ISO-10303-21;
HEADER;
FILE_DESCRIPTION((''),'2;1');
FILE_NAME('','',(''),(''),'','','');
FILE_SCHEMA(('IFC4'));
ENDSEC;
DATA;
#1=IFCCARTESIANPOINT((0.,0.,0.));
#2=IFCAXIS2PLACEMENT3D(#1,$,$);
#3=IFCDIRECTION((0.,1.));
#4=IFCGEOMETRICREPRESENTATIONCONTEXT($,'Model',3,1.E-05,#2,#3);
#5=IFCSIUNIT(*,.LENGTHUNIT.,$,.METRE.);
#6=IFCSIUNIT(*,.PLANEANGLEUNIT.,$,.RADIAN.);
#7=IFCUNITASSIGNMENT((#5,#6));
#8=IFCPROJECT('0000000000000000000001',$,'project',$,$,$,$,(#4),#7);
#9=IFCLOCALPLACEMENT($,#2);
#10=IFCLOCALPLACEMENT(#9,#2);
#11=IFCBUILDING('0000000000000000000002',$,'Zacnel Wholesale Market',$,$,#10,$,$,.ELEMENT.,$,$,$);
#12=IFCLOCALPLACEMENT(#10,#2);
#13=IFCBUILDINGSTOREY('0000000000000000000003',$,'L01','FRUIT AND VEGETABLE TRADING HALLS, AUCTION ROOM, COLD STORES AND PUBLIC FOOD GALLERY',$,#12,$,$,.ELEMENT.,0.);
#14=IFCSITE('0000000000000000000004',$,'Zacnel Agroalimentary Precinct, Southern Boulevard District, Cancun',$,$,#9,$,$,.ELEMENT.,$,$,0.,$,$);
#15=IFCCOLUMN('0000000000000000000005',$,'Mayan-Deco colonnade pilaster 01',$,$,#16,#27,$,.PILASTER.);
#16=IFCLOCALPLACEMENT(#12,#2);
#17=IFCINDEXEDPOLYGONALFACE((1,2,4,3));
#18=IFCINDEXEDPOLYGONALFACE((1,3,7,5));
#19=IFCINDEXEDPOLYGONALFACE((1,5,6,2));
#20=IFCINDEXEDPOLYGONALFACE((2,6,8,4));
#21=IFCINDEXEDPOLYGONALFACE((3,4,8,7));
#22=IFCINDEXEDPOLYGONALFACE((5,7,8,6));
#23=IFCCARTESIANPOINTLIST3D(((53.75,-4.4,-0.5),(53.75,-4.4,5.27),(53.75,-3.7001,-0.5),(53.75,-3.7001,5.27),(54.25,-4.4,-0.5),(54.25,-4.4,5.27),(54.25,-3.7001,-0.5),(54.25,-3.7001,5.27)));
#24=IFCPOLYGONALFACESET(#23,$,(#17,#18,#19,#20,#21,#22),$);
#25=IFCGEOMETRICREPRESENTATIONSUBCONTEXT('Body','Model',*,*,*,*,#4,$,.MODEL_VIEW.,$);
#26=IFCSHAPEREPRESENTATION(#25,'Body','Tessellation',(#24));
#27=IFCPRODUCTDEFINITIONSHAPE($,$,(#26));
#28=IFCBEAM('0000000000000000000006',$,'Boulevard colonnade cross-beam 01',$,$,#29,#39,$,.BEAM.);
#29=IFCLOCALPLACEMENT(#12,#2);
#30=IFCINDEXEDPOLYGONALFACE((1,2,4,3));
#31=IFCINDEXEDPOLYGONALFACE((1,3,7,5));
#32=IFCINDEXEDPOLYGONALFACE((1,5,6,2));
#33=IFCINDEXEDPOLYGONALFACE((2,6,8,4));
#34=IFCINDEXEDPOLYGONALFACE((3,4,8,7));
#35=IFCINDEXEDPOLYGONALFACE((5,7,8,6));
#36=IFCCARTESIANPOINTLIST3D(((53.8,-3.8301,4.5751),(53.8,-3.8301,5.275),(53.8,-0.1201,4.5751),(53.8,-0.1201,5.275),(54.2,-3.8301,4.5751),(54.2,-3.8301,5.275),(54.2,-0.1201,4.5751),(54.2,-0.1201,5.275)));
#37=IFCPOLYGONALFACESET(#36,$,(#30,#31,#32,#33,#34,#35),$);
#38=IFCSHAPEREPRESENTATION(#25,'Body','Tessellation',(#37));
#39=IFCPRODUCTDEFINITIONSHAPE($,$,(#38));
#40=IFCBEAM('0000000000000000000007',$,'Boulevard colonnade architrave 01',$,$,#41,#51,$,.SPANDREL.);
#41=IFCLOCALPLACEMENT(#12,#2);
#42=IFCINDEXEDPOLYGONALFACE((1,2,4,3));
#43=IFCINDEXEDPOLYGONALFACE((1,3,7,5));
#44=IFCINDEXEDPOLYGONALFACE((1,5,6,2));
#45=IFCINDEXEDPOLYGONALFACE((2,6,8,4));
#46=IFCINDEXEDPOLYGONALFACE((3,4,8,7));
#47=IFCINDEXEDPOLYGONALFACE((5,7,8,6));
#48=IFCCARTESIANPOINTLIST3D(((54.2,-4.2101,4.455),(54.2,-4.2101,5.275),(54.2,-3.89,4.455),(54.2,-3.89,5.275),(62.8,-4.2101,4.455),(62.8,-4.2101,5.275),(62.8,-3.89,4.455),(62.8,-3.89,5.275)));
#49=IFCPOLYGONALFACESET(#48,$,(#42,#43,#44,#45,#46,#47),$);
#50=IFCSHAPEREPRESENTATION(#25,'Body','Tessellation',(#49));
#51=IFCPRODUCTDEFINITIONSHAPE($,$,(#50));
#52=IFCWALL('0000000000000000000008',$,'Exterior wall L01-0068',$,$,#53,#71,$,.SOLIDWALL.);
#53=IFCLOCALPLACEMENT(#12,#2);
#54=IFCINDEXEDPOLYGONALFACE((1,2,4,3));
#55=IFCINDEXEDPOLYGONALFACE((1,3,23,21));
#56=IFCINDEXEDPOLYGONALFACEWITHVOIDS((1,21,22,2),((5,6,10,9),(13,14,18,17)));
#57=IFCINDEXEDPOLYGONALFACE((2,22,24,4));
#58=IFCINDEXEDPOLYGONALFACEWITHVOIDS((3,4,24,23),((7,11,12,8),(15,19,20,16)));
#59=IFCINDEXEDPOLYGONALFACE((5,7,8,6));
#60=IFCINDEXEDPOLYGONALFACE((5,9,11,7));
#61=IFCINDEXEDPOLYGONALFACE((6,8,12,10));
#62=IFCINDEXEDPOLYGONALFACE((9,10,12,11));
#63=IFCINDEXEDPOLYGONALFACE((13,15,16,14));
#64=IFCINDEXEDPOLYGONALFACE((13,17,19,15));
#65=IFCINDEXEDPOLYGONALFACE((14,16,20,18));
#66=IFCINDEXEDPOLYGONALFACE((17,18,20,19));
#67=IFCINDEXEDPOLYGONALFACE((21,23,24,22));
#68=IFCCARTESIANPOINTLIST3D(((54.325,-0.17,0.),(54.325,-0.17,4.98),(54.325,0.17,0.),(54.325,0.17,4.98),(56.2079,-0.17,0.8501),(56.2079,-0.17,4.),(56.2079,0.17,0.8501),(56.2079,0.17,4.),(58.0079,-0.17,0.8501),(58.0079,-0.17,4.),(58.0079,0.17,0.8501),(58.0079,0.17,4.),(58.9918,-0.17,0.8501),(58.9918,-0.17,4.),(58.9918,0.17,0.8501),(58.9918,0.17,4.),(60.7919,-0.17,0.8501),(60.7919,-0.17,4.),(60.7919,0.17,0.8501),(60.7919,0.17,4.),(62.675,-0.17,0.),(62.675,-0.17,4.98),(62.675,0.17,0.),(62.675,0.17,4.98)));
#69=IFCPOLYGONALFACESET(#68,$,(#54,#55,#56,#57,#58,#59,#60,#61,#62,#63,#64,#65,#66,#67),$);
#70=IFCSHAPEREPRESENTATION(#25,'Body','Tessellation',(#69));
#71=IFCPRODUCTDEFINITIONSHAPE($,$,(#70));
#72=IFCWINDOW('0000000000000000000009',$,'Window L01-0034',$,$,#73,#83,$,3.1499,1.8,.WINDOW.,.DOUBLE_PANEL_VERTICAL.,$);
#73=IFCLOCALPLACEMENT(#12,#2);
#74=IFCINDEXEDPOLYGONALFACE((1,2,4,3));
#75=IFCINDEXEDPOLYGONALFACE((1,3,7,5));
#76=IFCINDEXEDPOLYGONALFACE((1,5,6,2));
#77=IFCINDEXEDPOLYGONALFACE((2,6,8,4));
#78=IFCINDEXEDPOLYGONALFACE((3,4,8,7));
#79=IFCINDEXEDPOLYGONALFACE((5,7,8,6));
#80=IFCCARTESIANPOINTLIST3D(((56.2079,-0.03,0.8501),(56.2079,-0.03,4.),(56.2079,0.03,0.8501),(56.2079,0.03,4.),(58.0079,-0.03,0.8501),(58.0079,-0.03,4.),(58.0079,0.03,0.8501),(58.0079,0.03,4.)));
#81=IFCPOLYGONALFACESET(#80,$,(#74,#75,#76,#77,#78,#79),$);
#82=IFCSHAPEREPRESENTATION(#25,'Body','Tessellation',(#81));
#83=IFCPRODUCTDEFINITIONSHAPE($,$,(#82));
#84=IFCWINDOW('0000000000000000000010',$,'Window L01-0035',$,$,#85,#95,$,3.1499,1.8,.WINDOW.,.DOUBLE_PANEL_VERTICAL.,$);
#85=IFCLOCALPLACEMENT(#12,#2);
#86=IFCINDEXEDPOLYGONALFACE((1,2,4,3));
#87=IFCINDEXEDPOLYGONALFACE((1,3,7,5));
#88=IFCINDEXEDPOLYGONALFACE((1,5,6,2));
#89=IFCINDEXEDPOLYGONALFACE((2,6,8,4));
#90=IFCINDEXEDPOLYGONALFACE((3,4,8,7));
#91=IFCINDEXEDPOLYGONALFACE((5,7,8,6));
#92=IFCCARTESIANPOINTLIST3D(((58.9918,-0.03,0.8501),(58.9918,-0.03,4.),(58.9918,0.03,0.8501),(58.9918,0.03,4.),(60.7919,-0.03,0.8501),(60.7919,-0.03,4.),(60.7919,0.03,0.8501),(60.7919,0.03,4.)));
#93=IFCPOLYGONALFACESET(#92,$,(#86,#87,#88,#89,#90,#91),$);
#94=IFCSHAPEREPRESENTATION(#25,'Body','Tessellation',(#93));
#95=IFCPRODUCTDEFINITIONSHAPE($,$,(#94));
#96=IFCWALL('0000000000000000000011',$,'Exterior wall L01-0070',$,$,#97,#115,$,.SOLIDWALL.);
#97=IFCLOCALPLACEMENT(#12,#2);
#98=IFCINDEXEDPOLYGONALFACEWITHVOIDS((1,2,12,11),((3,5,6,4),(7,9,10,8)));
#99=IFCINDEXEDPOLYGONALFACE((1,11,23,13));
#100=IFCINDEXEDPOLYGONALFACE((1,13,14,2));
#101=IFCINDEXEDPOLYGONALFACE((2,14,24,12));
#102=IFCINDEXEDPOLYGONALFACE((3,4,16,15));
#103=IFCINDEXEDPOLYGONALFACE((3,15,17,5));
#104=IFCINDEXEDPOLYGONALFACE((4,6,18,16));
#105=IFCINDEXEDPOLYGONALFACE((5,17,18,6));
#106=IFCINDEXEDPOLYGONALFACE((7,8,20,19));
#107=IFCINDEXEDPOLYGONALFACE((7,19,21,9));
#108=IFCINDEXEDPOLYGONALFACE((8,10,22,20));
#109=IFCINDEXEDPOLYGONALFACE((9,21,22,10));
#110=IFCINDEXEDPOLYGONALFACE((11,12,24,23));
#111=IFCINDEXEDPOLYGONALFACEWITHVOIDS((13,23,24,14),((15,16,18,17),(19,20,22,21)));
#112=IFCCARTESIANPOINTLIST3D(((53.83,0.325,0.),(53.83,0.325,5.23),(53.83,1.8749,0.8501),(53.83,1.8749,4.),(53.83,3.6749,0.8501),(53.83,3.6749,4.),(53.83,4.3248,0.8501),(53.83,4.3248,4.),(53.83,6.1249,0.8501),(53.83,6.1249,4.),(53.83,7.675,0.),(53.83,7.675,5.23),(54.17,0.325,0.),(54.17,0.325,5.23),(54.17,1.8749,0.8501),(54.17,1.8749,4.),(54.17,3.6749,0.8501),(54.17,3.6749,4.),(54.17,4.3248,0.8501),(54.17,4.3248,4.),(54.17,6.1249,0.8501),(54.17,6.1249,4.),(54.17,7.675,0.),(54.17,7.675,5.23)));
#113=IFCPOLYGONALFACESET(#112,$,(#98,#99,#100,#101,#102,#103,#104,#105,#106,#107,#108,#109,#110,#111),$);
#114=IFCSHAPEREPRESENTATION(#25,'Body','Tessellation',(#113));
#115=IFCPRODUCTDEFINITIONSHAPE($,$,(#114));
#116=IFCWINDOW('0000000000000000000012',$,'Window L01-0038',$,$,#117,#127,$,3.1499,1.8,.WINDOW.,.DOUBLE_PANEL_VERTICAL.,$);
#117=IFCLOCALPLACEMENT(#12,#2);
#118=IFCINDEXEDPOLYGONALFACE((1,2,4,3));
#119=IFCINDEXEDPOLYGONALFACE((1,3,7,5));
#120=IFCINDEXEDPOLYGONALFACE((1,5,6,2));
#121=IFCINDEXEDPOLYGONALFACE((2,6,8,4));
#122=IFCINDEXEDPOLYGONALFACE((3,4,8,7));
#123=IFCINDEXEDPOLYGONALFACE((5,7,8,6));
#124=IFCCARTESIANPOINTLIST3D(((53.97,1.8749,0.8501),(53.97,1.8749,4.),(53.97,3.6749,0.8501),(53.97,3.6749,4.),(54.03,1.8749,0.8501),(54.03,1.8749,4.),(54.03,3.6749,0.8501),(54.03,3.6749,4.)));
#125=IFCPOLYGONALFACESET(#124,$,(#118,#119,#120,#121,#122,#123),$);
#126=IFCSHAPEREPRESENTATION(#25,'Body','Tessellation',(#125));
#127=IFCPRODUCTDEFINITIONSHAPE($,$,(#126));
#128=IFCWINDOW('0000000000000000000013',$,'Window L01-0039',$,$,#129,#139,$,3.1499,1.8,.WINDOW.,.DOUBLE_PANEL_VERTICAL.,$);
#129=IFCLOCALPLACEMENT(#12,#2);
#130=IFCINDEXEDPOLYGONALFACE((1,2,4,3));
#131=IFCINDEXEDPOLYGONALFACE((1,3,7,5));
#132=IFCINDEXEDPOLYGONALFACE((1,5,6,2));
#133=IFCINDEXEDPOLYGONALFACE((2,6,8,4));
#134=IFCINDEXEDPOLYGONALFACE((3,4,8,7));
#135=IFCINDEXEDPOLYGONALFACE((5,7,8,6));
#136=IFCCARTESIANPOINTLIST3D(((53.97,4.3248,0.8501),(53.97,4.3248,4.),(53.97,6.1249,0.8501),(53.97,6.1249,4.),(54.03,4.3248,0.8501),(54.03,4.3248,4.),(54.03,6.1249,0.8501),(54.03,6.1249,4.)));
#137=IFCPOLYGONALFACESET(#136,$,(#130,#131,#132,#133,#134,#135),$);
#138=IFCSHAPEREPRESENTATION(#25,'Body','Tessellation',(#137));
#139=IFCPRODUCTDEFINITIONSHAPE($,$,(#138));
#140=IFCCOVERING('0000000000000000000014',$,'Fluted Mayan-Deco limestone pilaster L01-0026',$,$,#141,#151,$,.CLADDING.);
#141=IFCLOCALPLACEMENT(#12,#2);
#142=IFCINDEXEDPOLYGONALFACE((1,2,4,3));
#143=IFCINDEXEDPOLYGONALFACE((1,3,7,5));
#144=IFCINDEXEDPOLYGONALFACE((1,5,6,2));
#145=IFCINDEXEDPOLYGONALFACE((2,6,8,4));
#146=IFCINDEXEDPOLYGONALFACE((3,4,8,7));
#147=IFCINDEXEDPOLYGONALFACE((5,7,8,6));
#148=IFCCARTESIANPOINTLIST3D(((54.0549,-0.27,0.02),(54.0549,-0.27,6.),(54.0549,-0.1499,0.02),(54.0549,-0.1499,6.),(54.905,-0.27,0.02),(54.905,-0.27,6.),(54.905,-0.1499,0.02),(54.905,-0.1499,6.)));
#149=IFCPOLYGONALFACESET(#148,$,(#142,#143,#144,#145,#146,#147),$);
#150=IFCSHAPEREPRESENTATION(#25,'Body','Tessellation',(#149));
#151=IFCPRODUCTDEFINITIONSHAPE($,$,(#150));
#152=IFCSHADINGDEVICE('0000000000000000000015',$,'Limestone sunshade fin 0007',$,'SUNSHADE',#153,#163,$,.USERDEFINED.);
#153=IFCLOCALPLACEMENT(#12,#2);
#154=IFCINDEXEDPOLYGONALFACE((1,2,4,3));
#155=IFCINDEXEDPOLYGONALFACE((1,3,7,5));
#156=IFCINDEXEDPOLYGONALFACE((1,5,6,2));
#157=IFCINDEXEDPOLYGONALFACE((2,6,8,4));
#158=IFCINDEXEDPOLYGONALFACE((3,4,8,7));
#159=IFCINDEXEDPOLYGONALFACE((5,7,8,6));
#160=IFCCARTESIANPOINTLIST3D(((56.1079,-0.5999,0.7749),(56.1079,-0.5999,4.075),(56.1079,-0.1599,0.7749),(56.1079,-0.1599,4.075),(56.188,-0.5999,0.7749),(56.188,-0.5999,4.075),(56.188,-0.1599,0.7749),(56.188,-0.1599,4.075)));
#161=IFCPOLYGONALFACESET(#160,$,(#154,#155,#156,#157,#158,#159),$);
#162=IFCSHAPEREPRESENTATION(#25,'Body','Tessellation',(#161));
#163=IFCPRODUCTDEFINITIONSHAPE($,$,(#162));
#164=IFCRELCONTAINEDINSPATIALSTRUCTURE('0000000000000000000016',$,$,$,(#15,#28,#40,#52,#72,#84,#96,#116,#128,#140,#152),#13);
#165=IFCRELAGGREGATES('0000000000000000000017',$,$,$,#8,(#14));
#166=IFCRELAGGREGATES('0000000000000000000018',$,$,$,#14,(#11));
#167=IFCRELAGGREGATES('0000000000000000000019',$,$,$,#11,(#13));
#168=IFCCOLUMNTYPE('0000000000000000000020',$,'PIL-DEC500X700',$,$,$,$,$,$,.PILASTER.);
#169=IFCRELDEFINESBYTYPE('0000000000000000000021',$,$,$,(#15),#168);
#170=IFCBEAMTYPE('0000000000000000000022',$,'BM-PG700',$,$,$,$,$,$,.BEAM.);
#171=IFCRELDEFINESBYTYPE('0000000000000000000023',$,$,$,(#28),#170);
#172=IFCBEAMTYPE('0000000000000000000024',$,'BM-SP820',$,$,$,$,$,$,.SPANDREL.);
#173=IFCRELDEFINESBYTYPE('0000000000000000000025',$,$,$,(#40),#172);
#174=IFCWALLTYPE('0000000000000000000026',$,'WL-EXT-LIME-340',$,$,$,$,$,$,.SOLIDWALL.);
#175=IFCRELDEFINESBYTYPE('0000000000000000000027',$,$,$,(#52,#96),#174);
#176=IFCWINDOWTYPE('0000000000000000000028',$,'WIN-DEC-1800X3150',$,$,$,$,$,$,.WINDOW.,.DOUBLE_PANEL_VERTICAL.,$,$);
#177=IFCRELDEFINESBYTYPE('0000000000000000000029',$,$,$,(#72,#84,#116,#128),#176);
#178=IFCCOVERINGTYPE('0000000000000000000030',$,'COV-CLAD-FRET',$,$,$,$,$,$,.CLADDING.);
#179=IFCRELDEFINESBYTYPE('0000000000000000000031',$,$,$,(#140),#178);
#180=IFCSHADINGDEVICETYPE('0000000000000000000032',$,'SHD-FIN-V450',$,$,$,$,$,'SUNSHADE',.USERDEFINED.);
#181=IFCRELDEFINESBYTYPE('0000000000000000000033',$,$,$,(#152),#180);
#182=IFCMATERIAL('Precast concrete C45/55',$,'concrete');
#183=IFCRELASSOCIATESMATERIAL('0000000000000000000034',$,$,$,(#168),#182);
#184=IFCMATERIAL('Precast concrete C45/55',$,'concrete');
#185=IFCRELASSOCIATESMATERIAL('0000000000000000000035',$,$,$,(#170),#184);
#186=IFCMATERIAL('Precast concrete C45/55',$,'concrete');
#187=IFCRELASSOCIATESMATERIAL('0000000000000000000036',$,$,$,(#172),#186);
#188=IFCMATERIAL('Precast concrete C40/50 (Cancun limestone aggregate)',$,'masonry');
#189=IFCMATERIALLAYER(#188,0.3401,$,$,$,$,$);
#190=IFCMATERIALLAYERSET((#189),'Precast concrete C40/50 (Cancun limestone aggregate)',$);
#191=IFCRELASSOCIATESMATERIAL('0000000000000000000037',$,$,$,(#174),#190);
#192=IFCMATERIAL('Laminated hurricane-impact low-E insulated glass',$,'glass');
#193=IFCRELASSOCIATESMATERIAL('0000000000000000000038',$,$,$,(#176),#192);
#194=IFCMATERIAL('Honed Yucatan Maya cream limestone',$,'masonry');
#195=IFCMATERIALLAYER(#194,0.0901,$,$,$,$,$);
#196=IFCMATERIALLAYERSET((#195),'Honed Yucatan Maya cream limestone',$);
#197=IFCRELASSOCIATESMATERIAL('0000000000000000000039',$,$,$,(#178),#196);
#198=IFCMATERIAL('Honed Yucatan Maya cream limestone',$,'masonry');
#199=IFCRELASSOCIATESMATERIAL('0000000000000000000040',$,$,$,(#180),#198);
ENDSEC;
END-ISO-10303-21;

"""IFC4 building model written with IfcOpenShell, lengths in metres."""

from ifc_helpers import new_model, si_unit, direction, frame, frame_2d, origin, origin_2d, place, context, subcontext, project, spatial, rectangle, extrude, material, layer, layer_set, material_profile, profile_set, type_object, element, fill, save


model = new_model("IFC4")

# Units and contexts
model_context = context("Model", 3, precision=1e-05, world=origin(), true_north=direction((0.0, 1.0)))
body_context = subcontext(model_context, "Body", "Model", "MODEL_VIEW")
ifc_project = project(units=[si_unit("LENGTHUNIT", "METRE"), si_unit("PLANEANGLEUNIT", "RADIAN")], contexts=[model_context])

# Site, building, storey
site_placement = place(None, origin())
site = spatial("IfcSite", under=ifc_project, at=site_placement, Name="Zacnel Agroalimentary Precinct, Southern Boulevard District, Cancun", CompositionType="ELEMENT", RefElevation=0.0)
building_placement = place(site_placement, origin())
building = spatial("IfcBuilding", under=site, at=building_placement, Name="Zacnel Wholesale Market", CompositionType="ELEMENT")
storey_placement = place(building_placement, origin())
storey = spatial("IfcBuildingStorey", under=building, at=storey_placement, Name="L01", Description="FRUIT AND VEGETABLE TRADING HALLS, AUCTION ROOM, COLD STORES AND PUBLIC FOOD GALLERY", CompositionType="ELEMENT", Elevation=0.0)

# Column
ifc_material_1 = material(Name="Precast concrete C45/55", Category="concrete")
ifc_material_profile_1 = material_profile(ifc_material_1, rectangle(XDim=0.5, YDim=0.7, at=origin_2d()), Name="PIL 500x700")
ifc_profile_set_1 = profile_set([ifc_material_profile_1], Name="Precast concrete C45/55")
column_type_1 = type_object("IfcColumnType", Name="PIL-DEC500X700", PredefinedType="PILASTER", material=ifc_profile_set_1)
column_1_placement = place(storey_placement, frame((54.0, -4.05, -0.5), z_axis=(0.0, 0.0, 1.0), x_axis=(1.0, 0.0, 0.0)))
element("IfcColumn", 1, at=column_1_placement, inside=storey, type_object=column_type_1, Name="Mayan-Deco colonnade pilaster 01", PredefinedType="PILASTER", context=body_context, shape_type="SweptSolid", body=[
    extrude(rectangle(XDim=0.5, YDim=0.7, at=origin_2d()), origin(), (0.0, 0.0, 1.0), 5.77),
])

# Beams
ifc_material_2 = material(Name="Precast concrete C45/55", Category="concrete")
ifc_material_profile_2 = material_profile(ifc_material_2, rectangle(XDim=0.3999, YDim=0.7, at=origin_2d()), Name="PG 400x700")
ifc_profile_set_2 = profile_set([ifc_material_profile_2], Name="Precast concrete C45/55")
beam_type_1 = type_object("IfcBeamType", Name="BM-PG700", PredefinedType="BEAM", material=ifc_profile_set_2)
beam_1_placement = place(storey_placement, frame((54.0, -3.8301, 4.925), z_axis=(0.0, 1.0, 0.0), x_axis=(-1.0, 0.0, 0.0)))
element("IfcBeam", 2, at=beam_1_placement, inside=storey, type_object=beam_type_1, Name="Boulevard colonnade cross-beam 01", PredefinedType="BEAM", context=body_context, shape_type="SweptSolid", body=[
    extrude(rectangle(XDim=0.3999, YDim=0.7, at=origin_2d()), origin(), (0.0, 0.0, 1.0), 3.71),
])
ifc_material_3 = material(Name="Precast concrete C45/55", Category="concrete")
ifc_material_profile_3 = material_profile(ifc_material_3, rectangle(XDim=0.3201, YDim=0.8201, at=origin_2d()), Name="SP 320x820")
ifc_profile_set_3 = profile_set([ifc_material_profile_3], Name="Precast concrete C45/55")
beam_type_2 = type_object("IfcBeamType", Name="BM-SP820", PredefinedType="SPANDREL", material=ifc_profile_set_3)
beam_2_placement = place(storey_placement, frame((54.2, -4.05, 4.865), z_axis=(1.0, 0.0, 0.0), x_axis=(0.0, 1.0, 0.0)))
element("IfcBeam", 3, at=beam_2_placement, inside=storey, type_object=beam_type_2, Name="Boulevard colonnade architrave 01", PredefinedType="SPANDREL", context=body_context, shape_type="SweptSolid", body=[
    extrude(rectangle(XDim=0.3201, YDim=0.8201, at=origin_2d()), origin(), (0.0, 0.0, 1.0), 8.6001),
])

# Walls, openings, windows
ifc_material_4 = material(Name="Precast concrete C40/50 (Cancun limestone aggregate)", Category="masonry")
ifc_layer_1 = layer(ifc_material_4, 0.3401)
ifc_layer_set_1 = layer_set([ifc_layer_1], Name="Precast concrete C40/50 (Cancun limestone aggregate)")
wall_type = type_object("IfcWallType", Name="WL-EXT-LIME-340", PredefinedType="SOLIDWALL", material=ifc_layer_set_1)
wall_1_placement = place(storey_placement, frame((54.325, 0.0, 0.0), z_axis=(0.0, 0.0, 1.0), x_axis=(1.0, 0.0, 0.0)))
wall_1 = element("IfcWall", 4, at=wall_1_placement, inside=storey, type_object=wall_type, Name="Exterior wall L01-0068", PredefinedType="SOLIDWALL", context=body_context, shape_type="SweptSolid", body=[
    extrude(rectangle(XDim=8.3501, YDim=0.3401, at=frame_2d((4.175, 0.0))), origin(), (0.0, 0.0, 1.0), 4.98),
])
opening_1_placement = place(wall_1_placement, frame((1.8831, 0.0, 0.8501)))
opening_1 = element("IfcOpeningElement", 5, at=opening_1_placement, cuts=wall_1, PredefinedType="OPENING", context=body_context, shape_type="SweptSolid", body=[
    extrude(rectangle(XDim=1.8, YDim=3.1499, at=frame_2d((0.8999, 1.575))), frame((0.0, 0.1799, 0.0), z_axis=(0.0, -1.0, 0.0), x_axis=(1.0, 0.0, 0.0)), (0.0, 0.0, 1.0), 0.3601),
])
opening_2_placement = place(wall_1_placement, frame((4.667, 0.0, 0.8501)))
opening_2 = element("IfcOpeningElement", 6, at=opening_2_placement, cuts=wall_1, PredefinedType="OPENING", context=body_context, shape_type="SweptSolid", body=[
    extrude(rectangle(XDim=1.8, YDim=3.1499, at=frame_2d((0.8999, 1.575))), frame((0.0, 0.1799, 0.0), z_axis=(0.0, -1.0, 0.0), x_axis=(1.0, 0.0, 0.0)), (0.0, 0.0, 1.0), 0.3601),
])
ifc_material_5 = material(Name="Laminated hurricane-impact low-E insulated glass", Category="glass")
window_type = type_object("IfcWindowType", Name="WIN-DEC-1800X3150", PartitioningType="DOUBLE_PANEL_VERTICAL", PredefinedType="WINDOW", material=ifc_material_5)
window_1_placement = place(opening_1_placement, origin())
window_1 = element("IfcWindow", 7, at=window_1_placement, inside=storey, type_object=window_type, Name="Window L01-0034", OverallHeight=3.1499, OverallWidth=1.8, PartitioningType="DOUBLE_PANEL_VERTICAL", PredefinedType="WINDOW", context=body_context, shape_type="SweptSolid", body=[
    extrude(rectangle(XDim=1.8, YDim=3.1499, at=frame_2d((0.8999, 1.575))), frame((0.0, 0.03, 0.0), z_axis=(0.0, -1.0, 0.0), x_axis=(1.0, 0.0, 0.0)), (0.0, 0.0, 1.0), 0.0601),
])
fill(opening_1, window_1)
window_2_placement = place(opening_2_placement, origin())
window_2 = element("IfcWindow", 8, at=window_2_placement, inside=storey, type_object=window_type, Name="Window L01-0035", OverallHeight=3.1499, OverallWidth=1.8, PartitioningType="DOUBLE_PANEL_VERTICAL", PredefinedType="WINDOW", context=body_context, shape_type="SweptSolid", body=[
    extrude(rectangle(XDim=1.8, YDim=3.1499, at=frame_2d((0.8999, 1.575))), frame((0.0, 0.03, 0.0), z_axis=(0.0, -1.0, 0.0), x_axis=(1.0, 0.0, 0.0)), (0.0, 0.0, 1.0), 0.0601),
])
fill(opening_2, window_2)
wall_2_placement = place(storey_placement, frame((54.0, 0.325, 0.0), z_axis=(0.0, 0.0, 1.0), x_axis=(0.0, 1.0, 0.0)))
wall_2 = element("IfcWall", 9, at=wall_2_placement, inside=storey, type_object=wall_type, Name="Exterior wall L01-0070", PredefinedType="SOLIDWALL", context=body_context, shape_type="SweptSolid", body=[
    extrude(rectangle(XDim=7.3501, YDim=0.3401, at=frame_2d((3.675, 0.0))), origin(), (0.0, 0.0, 1.0), 5.23),
])
opening_3_placement = place(wall_2_placement, frame((1.55, 0.0, 0.8501)))
opening_3 = element("IfcOpeningElement", 10, at=opening_3_placement, cuts=wall_2, PredefinedType="OPENING", context=body_context, shape_type="SweptSolid", body=[
    extrude(rectangle(XDim=1.8, YDim=3.1499, at=frame_2d((0.8999, 1.575))), frame((0.0, 0.1799, 0.0), z_axis=(0.0, -1.0, 0.0), x_axis=(1.0, 0.0, 0.0)), (0.0, 0.0, 1.0), 0.3601),
])
opening_4_placement = place(wall_2_placement, frame((4.0, 0.0, 0.8501)))
opening_4 = element("IfcOpeningElement", 11, at=opening_4_placement, cuts=wall_2, PredefinedType="OPENING", context=body_context, shape_type="SweptSolid", body=[
    extrude(rectangle(XDim=1.8, YDim=3.1499, at=frame_2d((0.8999, 1.575))), frame((0.0, 0.1799, 0.0), z_axis=(0.0, -1.0, 0.0), x_axis=(1.0, 0.0, 0.0)), (0.0, 0.0, 1.0), 0.3601),
])
window_3_placement = place(opening_3_placement, origin())
window_3 = element("IfcWindow", 12, at=window_3_placement, inside=storey, type_object=window_type, Name="Window L01-0038", OverallHeight=3.1499, OverallWidth=1.8, PartitioningType="DOUBLE_PANEL_VERTICAL", PredefinedType="WINDOW", context=body_context, shape_type="SweptSolid", body=[
    extrude(rectangle(XDim=1.8, YDim=3.1499, at=frame_2d((0.8999, 1.575))), frame((0.0, 0.03, 0.0), z_axis=(0.0, -1.0, 0.0), x_axis=(1.0, 0.0, 0.0)), (0.0, 0.0, 1.0), 0.0601),
])
fill(opening_3, window_3)
window_4_placement = place(opening_4_placement, origin())
window_4 = element("IfcWindow", 13, at=window_4_placement, inside=storey, type_object=window_type, Name="Window L01-0039", OverallHeight=3.1499, OverallWidth=1.8, PartitioningType="DOUBLE_PANEL_VERTICAL", PredefinedType="WINDOW", context=body_context, shape_type="SweptSolid", body=[
    extrude(rectangle(XDim=1.8, YDim=3.1499, at=frame_2d((0.8999, 1.575))), frame((0.0, 0.03, 0.0), z_axis=(0.0, -1.0, 0.0), x_axis=(1.0, 0.0, 0.0)), (0.0, 0.0, 1.0), 0.0601),
])
fill(opening_4, window_4)

# Covering
ifc_material_6 = material(Name="Honed Yucatan Maya cream limestone", Category="masonry")
ifc_layer_2 = layer(ifc_material_6, 0.0901)
ifc_layer_set_2 = layer_set([ifc_layer_2], Name="Honed Yucatan Maya cream limestone")
covering_type = type_object("IfcCoveringType", Name="COV-CLAD-FRET", PredefinedType="CLADDING", material=ifc_layer_set_2)
covering_placement = place(storey_placement, frame((54.48, -0.21, 0.02), z_axis=(0.0, 0.0, 1.0), x_axis=(1.0, 0.0, 0.0)))
element("IfcCovering", 14, at=covering_placement, inside=storey, type_object=covering_type, Name="Fluted Mayan-Deco limestone pilaster L01-0026", PredefinedType="CLADDING", context=body_context, shape_type="SweptSolid", body=[
    extrude(rectangle(XDim=0.8501, YDim=0.1201, at=origin_2d()), origin(), (0.0, 0.0, 1.0), 5.98),
])

# Shading device
ifc_material_7 = material(Name="Honed Yucatan Maya cream limestone", Category="masonry")
shading_device_type = type_object("IfcShadingDeviceType", Name="SHD-FIN-V450", ElementType="SUNSHADE", PredefinedType="USERDEFINED", material=ifc_material_7)
shading_device_placement = place(storey_placement, frame((56.1479, -0.3799, 0.7749), z_axis=(0.0, 0.0, 1.0), x_axis=(1.0, 0.0, 0.0)))
element("IfcShadingDevice", 15, at=shading_device_placement, inside=storey, type_object=shading_device_type, Name="Limestone sunshade fin 0007", ObjectType="SUNSHADE", PredefinedType="USERDEFINED", context=body_context, shape_type="SweptSolid", body=[
    extrude(rectangle(XDim=0.0801, YDim=0.4399, at=origin_2d()), origin(), (0.0, 0.0, 1.0), 3.3),
])

save(model, "model.ifc")
